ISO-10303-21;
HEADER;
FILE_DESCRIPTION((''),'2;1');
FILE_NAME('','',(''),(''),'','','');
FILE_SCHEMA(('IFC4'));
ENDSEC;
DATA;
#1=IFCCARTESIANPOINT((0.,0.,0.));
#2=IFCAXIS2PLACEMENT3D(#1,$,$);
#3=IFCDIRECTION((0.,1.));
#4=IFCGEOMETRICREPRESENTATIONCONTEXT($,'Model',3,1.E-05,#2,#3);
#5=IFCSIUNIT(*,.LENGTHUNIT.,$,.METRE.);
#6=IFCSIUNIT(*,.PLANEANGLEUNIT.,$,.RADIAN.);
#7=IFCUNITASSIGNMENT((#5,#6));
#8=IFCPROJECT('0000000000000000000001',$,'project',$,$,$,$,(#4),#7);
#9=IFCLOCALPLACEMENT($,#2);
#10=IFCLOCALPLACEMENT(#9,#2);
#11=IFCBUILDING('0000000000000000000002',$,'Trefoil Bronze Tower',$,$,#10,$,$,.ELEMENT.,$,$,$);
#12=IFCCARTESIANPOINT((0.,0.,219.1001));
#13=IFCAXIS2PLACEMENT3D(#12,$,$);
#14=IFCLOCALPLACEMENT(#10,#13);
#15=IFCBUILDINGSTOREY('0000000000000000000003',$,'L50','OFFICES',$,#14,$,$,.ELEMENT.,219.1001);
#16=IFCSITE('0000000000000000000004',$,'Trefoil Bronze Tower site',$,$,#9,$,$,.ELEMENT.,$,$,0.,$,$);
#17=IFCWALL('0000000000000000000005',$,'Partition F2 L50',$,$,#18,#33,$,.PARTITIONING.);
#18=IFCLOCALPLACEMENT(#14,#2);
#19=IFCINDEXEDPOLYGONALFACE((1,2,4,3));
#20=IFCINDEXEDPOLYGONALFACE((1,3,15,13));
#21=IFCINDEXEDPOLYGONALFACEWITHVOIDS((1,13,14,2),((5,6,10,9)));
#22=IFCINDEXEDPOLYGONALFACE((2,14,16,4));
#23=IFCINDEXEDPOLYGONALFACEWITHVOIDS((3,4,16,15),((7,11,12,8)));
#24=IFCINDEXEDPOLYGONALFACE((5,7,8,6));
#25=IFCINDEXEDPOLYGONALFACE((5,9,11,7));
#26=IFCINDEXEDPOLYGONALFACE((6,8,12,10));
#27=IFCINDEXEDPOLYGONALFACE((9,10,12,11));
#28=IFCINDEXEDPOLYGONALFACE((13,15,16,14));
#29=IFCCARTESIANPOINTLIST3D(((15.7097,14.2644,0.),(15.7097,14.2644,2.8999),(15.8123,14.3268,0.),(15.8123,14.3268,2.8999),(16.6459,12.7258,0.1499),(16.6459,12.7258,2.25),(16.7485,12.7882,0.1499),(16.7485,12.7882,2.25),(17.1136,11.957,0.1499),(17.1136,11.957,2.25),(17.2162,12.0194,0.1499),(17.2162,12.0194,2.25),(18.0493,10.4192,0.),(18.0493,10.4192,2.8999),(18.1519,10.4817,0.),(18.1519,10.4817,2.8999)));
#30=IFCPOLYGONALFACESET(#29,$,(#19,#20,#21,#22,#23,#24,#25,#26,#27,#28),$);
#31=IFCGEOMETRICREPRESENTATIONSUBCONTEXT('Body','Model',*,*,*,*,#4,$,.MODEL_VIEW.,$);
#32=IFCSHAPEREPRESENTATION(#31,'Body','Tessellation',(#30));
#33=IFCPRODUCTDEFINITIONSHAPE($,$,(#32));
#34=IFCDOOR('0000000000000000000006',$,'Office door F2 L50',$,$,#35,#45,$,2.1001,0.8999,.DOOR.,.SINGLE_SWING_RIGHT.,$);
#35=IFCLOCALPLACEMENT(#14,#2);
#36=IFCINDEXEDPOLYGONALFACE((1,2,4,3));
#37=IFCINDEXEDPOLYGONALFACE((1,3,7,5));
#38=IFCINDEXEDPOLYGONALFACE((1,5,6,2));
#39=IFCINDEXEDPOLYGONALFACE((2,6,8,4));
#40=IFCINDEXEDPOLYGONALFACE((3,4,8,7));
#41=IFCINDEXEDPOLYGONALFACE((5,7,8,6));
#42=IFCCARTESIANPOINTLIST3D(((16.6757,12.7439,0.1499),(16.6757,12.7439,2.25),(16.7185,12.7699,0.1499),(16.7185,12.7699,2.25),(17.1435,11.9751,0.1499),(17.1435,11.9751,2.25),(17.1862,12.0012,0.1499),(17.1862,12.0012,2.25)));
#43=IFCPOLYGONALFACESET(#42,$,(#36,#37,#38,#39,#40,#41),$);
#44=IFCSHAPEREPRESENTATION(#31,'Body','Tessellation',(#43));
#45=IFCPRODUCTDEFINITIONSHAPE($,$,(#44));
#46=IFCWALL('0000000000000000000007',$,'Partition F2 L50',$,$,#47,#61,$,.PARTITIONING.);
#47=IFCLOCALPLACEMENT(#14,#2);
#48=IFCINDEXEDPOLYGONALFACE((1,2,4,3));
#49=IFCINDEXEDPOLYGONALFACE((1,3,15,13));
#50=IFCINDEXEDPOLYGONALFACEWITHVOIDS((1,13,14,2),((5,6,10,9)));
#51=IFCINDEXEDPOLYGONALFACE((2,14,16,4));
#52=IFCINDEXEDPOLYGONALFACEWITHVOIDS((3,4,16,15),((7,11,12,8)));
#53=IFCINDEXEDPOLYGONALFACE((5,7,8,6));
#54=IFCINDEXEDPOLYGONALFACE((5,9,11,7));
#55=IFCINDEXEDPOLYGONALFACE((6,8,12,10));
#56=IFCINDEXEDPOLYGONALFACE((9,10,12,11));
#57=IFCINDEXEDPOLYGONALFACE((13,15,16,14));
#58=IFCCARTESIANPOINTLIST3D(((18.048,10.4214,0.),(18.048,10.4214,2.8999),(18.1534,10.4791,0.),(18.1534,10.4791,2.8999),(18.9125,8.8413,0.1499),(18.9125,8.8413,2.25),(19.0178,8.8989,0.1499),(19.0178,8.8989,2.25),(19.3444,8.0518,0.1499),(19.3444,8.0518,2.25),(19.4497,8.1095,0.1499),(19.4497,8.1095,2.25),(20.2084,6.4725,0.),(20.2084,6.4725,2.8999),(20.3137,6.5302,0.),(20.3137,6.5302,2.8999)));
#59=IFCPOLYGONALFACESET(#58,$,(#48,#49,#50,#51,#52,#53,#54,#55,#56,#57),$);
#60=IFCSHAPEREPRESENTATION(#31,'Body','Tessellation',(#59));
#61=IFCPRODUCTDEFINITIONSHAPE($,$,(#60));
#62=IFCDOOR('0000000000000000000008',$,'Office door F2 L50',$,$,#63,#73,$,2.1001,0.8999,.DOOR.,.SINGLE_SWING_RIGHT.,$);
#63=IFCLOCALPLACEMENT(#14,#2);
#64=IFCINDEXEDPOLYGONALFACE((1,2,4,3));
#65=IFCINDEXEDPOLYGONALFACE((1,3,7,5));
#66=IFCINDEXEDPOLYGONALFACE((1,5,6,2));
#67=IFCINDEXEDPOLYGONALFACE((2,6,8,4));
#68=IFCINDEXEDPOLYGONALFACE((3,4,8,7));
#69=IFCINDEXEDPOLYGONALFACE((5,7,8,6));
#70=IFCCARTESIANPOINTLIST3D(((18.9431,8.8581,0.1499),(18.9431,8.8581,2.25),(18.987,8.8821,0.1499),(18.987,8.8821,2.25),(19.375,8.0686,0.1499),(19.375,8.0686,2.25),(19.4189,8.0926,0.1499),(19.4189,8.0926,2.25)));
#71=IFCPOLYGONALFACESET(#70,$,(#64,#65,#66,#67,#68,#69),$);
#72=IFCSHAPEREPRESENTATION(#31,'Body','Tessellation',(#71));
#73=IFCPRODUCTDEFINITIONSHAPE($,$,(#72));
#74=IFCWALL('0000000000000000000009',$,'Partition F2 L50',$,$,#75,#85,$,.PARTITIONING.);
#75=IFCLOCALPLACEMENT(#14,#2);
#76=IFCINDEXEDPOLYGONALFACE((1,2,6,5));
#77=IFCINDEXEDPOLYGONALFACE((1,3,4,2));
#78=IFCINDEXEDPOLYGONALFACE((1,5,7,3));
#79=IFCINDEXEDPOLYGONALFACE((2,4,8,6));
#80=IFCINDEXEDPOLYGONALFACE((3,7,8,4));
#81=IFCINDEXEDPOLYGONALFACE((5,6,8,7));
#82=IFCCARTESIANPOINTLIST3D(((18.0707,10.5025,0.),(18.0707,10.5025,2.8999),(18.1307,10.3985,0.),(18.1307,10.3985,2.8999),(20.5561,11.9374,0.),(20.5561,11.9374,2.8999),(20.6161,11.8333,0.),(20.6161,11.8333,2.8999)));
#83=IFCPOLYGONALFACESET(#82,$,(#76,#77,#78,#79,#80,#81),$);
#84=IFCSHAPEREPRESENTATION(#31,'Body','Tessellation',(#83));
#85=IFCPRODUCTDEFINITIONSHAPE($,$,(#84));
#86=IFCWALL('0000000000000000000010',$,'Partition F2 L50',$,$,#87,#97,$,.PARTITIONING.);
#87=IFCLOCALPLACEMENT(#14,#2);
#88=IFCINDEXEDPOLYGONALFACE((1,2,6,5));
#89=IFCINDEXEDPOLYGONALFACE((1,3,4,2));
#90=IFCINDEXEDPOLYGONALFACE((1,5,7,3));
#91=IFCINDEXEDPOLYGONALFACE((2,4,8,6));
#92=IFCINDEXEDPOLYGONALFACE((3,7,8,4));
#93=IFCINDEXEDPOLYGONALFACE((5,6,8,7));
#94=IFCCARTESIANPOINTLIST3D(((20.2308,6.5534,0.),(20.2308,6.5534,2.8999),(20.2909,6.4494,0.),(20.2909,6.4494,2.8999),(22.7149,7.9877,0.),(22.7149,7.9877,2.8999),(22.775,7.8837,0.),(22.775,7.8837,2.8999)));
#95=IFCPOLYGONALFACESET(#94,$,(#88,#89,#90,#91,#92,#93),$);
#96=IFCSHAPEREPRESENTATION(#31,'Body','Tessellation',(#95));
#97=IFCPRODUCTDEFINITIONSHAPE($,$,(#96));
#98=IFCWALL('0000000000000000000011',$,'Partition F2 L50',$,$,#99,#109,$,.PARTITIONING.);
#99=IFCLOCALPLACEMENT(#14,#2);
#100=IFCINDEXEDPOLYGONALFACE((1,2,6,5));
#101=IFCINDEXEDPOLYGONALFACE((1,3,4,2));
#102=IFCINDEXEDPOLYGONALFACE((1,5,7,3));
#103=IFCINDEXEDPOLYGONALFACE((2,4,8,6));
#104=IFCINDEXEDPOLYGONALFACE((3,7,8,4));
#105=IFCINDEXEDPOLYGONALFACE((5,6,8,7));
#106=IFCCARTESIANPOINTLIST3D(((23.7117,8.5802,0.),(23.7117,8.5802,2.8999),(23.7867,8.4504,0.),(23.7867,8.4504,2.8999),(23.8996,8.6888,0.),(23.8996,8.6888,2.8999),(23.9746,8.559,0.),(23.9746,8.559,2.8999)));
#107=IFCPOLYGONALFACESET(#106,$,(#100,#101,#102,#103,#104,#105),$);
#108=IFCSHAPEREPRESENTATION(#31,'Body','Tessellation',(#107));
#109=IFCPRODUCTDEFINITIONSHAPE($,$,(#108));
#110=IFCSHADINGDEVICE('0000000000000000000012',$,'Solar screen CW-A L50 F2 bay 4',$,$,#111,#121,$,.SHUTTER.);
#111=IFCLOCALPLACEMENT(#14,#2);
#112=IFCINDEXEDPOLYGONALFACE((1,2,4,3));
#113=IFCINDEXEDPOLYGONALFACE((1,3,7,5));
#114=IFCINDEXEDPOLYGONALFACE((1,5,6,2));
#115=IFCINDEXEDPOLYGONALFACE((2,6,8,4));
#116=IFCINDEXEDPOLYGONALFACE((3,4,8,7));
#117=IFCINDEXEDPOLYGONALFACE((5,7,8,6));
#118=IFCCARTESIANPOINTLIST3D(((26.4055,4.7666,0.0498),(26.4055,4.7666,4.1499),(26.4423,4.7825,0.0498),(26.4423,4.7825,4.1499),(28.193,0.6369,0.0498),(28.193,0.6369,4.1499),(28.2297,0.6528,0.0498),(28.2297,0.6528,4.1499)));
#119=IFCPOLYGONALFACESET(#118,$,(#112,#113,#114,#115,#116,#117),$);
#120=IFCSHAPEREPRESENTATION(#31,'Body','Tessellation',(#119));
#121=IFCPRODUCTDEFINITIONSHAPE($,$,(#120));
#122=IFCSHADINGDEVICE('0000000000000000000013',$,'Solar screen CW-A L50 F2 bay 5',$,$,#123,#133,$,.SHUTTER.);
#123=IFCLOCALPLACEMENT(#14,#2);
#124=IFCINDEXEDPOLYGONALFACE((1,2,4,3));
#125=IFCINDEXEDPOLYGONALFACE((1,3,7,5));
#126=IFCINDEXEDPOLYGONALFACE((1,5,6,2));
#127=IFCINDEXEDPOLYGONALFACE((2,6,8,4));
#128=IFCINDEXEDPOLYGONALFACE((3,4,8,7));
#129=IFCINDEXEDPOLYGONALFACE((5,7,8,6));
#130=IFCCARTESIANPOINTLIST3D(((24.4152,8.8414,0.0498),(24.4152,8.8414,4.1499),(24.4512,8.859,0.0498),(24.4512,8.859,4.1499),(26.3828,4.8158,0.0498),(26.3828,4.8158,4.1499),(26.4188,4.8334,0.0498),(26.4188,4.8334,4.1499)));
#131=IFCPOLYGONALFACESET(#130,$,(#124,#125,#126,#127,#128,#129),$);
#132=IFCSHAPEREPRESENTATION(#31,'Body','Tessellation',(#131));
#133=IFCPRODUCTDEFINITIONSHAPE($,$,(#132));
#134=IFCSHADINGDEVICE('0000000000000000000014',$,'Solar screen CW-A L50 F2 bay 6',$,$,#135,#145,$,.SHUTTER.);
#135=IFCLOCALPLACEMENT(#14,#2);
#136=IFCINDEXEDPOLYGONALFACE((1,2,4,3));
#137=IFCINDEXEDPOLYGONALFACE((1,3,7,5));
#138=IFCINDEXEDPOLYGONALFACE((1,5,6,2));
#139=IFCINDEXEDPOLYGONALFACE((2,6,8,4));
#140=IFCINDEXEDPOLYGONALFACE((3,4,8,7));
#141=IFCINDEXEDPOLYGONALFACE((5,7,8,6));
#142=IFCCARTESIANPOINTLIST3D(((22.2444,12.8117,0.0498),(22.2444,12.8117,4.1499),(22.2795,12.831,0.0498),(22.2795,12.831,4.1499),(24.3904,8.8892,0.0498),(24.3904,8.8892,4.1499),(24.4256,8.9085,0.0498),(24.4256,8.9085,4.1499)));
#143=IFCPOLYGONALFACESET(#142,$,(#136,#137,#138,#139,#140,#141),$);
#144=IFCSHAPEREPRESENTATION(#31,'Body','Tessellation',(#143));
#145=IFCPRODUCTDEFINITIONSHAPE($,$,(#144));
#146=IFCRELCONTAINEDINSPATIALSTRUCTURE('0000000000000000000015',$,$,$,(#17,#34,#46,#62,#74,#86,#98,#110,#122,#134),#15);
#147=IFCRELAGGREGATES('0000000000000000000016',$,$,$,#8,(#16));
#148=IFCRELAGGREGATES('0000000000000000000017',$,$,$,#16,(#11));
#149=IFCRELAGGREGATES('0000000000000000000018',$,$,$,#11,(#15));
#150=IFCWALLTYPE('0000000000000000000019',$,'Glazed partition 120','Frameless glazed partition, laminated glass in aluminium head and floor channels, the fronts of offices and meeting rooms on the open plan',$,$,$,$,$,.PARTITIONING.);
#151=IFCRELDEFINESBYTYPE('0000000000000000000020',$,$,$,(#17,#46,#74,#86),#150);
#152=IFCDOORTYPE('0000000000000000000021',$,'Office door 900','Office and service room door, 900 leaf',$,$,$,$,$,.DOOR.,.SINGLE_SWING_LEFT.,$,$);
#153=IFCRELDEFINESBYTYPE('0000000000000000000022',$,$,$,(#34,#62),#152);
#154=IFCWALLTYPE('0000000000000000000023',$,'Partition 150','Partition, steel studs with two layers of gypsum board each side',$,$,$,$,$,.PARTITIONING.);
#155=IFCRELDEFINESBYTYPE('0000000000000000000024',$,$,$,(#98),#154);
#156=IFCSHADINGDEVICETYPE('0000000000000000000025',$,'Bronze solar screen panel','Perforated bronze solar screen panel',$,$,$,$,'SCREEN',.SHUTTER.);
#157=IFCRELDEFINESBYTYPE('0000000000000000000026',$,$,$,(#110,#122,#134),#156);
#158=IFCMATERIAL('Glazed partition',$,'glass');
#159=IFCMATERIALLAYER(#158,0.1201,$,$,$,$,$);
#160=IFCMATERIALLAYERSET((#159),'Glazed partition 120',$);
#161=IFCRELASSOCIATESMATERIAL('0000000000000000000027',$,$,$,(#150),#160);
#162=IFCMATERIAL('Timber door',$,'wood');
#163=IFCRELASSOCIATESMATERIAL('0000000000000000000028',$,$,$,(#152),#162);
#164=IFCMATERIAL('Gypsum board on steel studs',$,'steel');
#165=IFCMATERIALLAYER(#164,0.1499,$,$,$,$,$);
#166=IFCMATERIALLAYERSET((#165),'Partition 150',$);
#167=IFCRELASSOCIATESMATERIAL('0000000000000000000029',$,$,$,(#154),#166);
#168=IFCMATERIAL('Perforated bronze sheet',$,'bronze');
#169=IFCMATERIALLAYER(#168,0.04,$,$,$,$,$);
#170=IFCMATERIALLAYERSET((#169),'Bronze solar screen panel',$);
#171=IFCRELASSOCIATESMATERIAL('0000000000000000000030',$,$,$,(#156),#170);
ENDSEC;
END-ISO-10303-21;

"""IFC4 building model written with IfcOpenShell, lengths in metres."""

from ifc_helpers import new_model, si_unit, direction, frame, frame_2d, origin, origin_2d, place, context, subcontext, project, spatial, rectangle, extrude, material, layer, layer_set, type_object, element, fill, save


model = new_model("IFC4")

# Units and contexts
model_context = context("Model", 3, precision=1e-05, world=origin(), true_north=direction((0.0, 1.0)))
body_context = subcontext(model_context, "Body", "Model", "MODEL_VIEW")
ifc_project = project(units=[si_unit("LENGTHUNIT", "METRE"), si_unit("PLANEANGLEUNIT", "RADIAN")], contexts=[model_context])

# Site, building, storey
site_placement = place(None, origin())
site = spatial("IfcSite", under=ifc_project, at=site_placement, Name="Trefoil Bronze Tower site", CompositionType="ELEMENT", RefElevation=0.0)
building_placement = place(site_placement, origin())
building = spatial("IfcBuilding", under=site, at=building_placement, Name="Trefoil Bronze Tower", CompositionType="ELEMENT")
storey_placement = place(building_placement, frame((0.0, 0.0, 219.1001)))
storey = spatial("IfcBuildingStorey", under=building, at=storey_placement, Name="L50", Description="OFFICES", CompositionType="ELEMENT", Elevation=219.1001)

# Shared definitions
ifc_material_1 = material(Name="Glazed partition", Category="glass")
ifc_layer_1 = layer(ifc_material_1, 0.1201)
ifc_layer_set_1 = layer_set([ifc_layer_1], Name="Glazed partition 120")
wall_type_1 = type_object("IfcWallType", Name="Glazed partition 120", Description="Frameless glazed partition, laminated glass in aluminium head and floor channels, the fronts of offices and meeting rooms on the open plan", PredefinedType="PARTITIONING", material=ifc_layer_set_1)

# Walls, openings, doors
wall_1_placement = place(storey_placement, frame((18.1006, 10.4504, 0.0), z_axis=(0.0, 0.0, 1.0), x_axis=(-0.51979, 0.854294, 0.0)))
wall_1 = element("IfcWall", 1, at=wall_1_placement, inside=storey, type_object=wall_type_1, Name="Partition F2 L50", PredefinedType="PARTITIONING", context=body_context, shape_type="SweptSolid", body=[
    extrude(rectangle(XDim=4.501, YDim=0.1201, at=frame_2d((2.2505, 0.0))), origin(), (0.0, 0.0, 1.0), 2.8999),
])
opening_1_placement = place(wall_1_placement, frame((1.8, 0.0, 0.1499)))
opening_1 = element("IfcOpeningElement", 2, at=opening_1_placement, cuts=wall_1, PredefinedType="OPENING", context=body_context, shape_type="SweptSolid", body=[
    extrude(rectangle(XDim=0.8999, YDim=2.1001, at=frame_2d((0.45, 1.05))), frame((0.0, 0.0701, 0.0), z_axis=(0.0, -1.0, 0.0), x_axis=(1.0, 0.0, 0.0)), (0.0, 0.0, 1.0), 0.1401),
])
ifc_material_2 = material(Name="Timber door", Category="wood")
door_type_1 = type_object("IfcDoorType", Name="Office door 900", Description="Office and service room door, 900 leaf", OperationType="SINGLE_SWING_LEFT", PredefinedType="DOOR", material=ifc_material_2)
door_1_placement = place(opening_1_placement, frame((0.8999, 0.0, 0.0), z_axis=(0.0, 0.0, 1.0), x_axis=(-1.0, 0.0, 0.0)))
door_1 = element("IfcDoor", 3, at=door_1_placement, inside=storey, type_object=door_type_1, Name="Office door F2 L50", OperationType="SINGLE_SWING_RIGHT", OverallHeight=2.1001, OverallWidth=0.8999, PredefinedType="DOOR", context=body_context, shape_type="SweptSolid", body=[
    extrude(rectangle(XDim=0.8999, YDim=2.1001, at=frame_2d((0.45, 1.05))), frame((0.0, 0.0249, 0.0), z_axis=(0.0, -1.0, 0.0), x_axis=(1.0, 0.0, 0.0)), (0.0, 0.0, 1.0), 0.05),
])
fill(opening_1, door_1)
wall_2_placement = place(storey_placement, frame((20.261, 6.5015, 0.0), z_axis=(0.0, 0.0, 1.0), x_axis=(-0.47995, 0.877296, 0.0)))
wall_2 = element("IfcWall", 4, at=wall_2_placement, inside=storey, type_object=wall_type_1, Name="Partition F2 L50", PredefinedType="PARTITIONING", context=body_context, shape_type="SweptSolid", body=[
    extrude(rectangle(XDim=4.5012, YDim=0.1201, at=frame_2d((2.2505, 0.0))), origin(), (0.0, 0.0, 1.0), 2.8999),
])
opening_2_placement = place(wall_2_placement, frame((1.8, 0.0, 0.1499)))
opening_2 = element("IfcOpeningElement", 5, at=opening_2_placement, cuts=wall_2, PredefinedType="OPENING", context=body_context, shape_type="SweptSolid", body=[
    extrude(rectangle(XDim=0.8999, YDim=2.1001, at=frame_2d((0.45, 1.05))), frame((0.0, 0.0701, 0.0), z_axis=(0.0, -1.0, 0.0), x_axis=(1.0, 0.0, 0.0)), (0.0, 0.0, 1.0), 0.1401),
])
door_2_placement = place(opening_2_placement, frame((0.8999, 0.0, 0.0), z_axis=(0.0, 0.0, 1.0), x_axis=(-1.0, 0.0, 0.0)))
door_2 = element("IfcDoor", 6, at=door_2_placement, inside=storey, type_object=door_type_1, Name="Office door F2 L50", OperationType="SINGLE_SWING_RIGHT", OverallHeight=2.1001, OverallWidth=0.8999, PredefinedType="DOOR", context=body_context, shape_type="SweptSolid", body=[
    extrude(rectangle(XDim=0.8999, YDim=2.1001, at=frame_2d((0.45, 1.05))), frame((0.0, 0.0249, 0.0), z_axis=(0.0, -1.0, 0.0), x_axis=(1.0, 0.0, 0.0)), (0.0, 0.0, 1.0), 0.05),
])
fill(opening_2, door_2)

# Walls
wall_3_placement = place(storey_placement, frame((18.1006, 10.4504, 0.0), z_axis=(0.0, 0.0, 1.0), x_axis=(0.866041, 0.499973, 0.0)))
element("IfcWall", 7, at=wall_3_placement, inside=storey, type_object=wall_type_1, Name="Partition F2 L50", PredefinedType="PARTITIONING", context=body_context, shape_type="SweptSolid", body=[
    extrude(rectangle(XDim=2.8699, YDim=0.1201, at=frame_2d((1.4351, 0.0))), origin(), (0.0, 0.0, 1.0), 2.8999),
])
wall_4_placement = place(storey_placement, frame((20.261, 6.5015, 0.0), z_axis=(0.0, 0.0, 1.0), x_axis=(0.866008, 0.500029, 0.0)))
element("IfcWall", 8, at=wall_4_placement, inside=storey, type_object=wall_type_1, Name="Partition F2 L50", PredefinedType="PARTITIONING", context=body_context, shape_type="SweptSolid", body=[
    extrude(rectangle(XDim=2.8684, YDim=0.1201, at=frame_2d((1.4341, 0.0))), origin(), (0.0, 0.0, 1.0), 2.8999),
])
ifc_material_3 = material(Name="Gypsum board on steel studs", Category="steel")
ifc_layer_2 = layer(ifc_material_3, 0.1499)
ifc_layer_set_2 = layer_set([ifc_layer_2], Name="Partition 150")
wall_type_2 = type_object("IfcWallType", Name="Partition 150", Description="Partition, steel studs with two layers of gypsum board each side", PredefinedType="PARTITIONING", material=ifc_layer_set_2)
wall_5_placement = place(storey_placement, frame((23.7493, 8.5154, 0.0), z_axis=(0.0, 0.0, 1.0), x_axis=(0.865811, 0.500371, 0.0)))
element("IfcWall", 9, at=wall_5_placement, inside=storey, type_object=wall_type_2, Name="Partition F2 L50", PredefinedType="PARTITIONING", context=body_context, shape_type="SweptSolid", body=[
    extrude(rectangle(XDim=0.217, YDim=0.1499, at=frame_2d((0.1084, 0.0))), origin(), (0.0, 0.0, 1.0), 2.8999),
])

# Shading devices
ifc_material_4 = material(Name="Perforated bronze sheet", Category="bronze")
ifc_layer_3 = layer(ifc_material_4, 0.04)
ifc_layer_set_3 = layer_set([ifc_layer_3], Name="Bronze solar screen panel")
shading_device_type = type_object("IfcShadingDeviceType", Name="Bronze solar screen panel", Description="Perforated bronze solar screen panel", ElementType="SCREEN", PredefinedType="SHUTTER", material=ifc_layer_set_3)
shading_device_1_placement = place(storey_placement, frame((27.3176, 2.7097, 0.0498), z_axis=(0.0, 0.0, 1.0), x_axis=(-0.39722, 0.917723, 0.0)))
element("IfcShadingDevice", 10, at=shading_device_1_placement, inside=storey, type_object=shading_device_type, Name="Solar screen CW-A L50 F2 bay 4", PredefinedType="SHUTTER", context=body_context, shape_type="SweptSolid", body=[
    extrude(rectangle(XDim=4.5, YDim=0.04, at=origin_2d()), origin(), (0.0, 0.0, 1.0), 4.1001),
])
shading_device_2_placement = place(storey_placement, frame((25.417, 6.8374, 0.0498), z_axis=(0.0, 0.0, 1.0), x_axis=(-0.439129, 0.898424, 0.0)))
element("IfcShadingDevice", 11, at=shading_device_2_placement, inside=storey, type_object=shading_device_type, Name="Solar screen CW-A L50 F2 bay 5", PredefinedType="SHUTTER", context=body_context, shape_type="SweptSolid", body=[
    extrude(rectangle(XDim=4.4807, YDim=0.04, at=origin_2d()), origin(), (0.0, 0.0, 1.0), 4.1001),
])
shading_device_3_placement = place(storey_placement, frame((23.335, 10.8601, 0.0498), z_axis=(0.0, 0.0, 1.0), x_axis=(-0.479974, 0.877283, 0.0)))
element("IfcShadingDevice", 12, at=shading_device_3_placement, inside=storey, type_object=shading_device_type, Name="Solar screen CW-A L50 F2 bay 6", PredefinedType="SHUTTER", context=body_context, shape_type="SweptSolid", body=[
    extrude(rectangle(XDim=4.4712, YDim=0.04, at=origin_2d()), origin(), (0.0, 0.0, 1.0), 4.1001),
])

save(model, "model.ifc")
